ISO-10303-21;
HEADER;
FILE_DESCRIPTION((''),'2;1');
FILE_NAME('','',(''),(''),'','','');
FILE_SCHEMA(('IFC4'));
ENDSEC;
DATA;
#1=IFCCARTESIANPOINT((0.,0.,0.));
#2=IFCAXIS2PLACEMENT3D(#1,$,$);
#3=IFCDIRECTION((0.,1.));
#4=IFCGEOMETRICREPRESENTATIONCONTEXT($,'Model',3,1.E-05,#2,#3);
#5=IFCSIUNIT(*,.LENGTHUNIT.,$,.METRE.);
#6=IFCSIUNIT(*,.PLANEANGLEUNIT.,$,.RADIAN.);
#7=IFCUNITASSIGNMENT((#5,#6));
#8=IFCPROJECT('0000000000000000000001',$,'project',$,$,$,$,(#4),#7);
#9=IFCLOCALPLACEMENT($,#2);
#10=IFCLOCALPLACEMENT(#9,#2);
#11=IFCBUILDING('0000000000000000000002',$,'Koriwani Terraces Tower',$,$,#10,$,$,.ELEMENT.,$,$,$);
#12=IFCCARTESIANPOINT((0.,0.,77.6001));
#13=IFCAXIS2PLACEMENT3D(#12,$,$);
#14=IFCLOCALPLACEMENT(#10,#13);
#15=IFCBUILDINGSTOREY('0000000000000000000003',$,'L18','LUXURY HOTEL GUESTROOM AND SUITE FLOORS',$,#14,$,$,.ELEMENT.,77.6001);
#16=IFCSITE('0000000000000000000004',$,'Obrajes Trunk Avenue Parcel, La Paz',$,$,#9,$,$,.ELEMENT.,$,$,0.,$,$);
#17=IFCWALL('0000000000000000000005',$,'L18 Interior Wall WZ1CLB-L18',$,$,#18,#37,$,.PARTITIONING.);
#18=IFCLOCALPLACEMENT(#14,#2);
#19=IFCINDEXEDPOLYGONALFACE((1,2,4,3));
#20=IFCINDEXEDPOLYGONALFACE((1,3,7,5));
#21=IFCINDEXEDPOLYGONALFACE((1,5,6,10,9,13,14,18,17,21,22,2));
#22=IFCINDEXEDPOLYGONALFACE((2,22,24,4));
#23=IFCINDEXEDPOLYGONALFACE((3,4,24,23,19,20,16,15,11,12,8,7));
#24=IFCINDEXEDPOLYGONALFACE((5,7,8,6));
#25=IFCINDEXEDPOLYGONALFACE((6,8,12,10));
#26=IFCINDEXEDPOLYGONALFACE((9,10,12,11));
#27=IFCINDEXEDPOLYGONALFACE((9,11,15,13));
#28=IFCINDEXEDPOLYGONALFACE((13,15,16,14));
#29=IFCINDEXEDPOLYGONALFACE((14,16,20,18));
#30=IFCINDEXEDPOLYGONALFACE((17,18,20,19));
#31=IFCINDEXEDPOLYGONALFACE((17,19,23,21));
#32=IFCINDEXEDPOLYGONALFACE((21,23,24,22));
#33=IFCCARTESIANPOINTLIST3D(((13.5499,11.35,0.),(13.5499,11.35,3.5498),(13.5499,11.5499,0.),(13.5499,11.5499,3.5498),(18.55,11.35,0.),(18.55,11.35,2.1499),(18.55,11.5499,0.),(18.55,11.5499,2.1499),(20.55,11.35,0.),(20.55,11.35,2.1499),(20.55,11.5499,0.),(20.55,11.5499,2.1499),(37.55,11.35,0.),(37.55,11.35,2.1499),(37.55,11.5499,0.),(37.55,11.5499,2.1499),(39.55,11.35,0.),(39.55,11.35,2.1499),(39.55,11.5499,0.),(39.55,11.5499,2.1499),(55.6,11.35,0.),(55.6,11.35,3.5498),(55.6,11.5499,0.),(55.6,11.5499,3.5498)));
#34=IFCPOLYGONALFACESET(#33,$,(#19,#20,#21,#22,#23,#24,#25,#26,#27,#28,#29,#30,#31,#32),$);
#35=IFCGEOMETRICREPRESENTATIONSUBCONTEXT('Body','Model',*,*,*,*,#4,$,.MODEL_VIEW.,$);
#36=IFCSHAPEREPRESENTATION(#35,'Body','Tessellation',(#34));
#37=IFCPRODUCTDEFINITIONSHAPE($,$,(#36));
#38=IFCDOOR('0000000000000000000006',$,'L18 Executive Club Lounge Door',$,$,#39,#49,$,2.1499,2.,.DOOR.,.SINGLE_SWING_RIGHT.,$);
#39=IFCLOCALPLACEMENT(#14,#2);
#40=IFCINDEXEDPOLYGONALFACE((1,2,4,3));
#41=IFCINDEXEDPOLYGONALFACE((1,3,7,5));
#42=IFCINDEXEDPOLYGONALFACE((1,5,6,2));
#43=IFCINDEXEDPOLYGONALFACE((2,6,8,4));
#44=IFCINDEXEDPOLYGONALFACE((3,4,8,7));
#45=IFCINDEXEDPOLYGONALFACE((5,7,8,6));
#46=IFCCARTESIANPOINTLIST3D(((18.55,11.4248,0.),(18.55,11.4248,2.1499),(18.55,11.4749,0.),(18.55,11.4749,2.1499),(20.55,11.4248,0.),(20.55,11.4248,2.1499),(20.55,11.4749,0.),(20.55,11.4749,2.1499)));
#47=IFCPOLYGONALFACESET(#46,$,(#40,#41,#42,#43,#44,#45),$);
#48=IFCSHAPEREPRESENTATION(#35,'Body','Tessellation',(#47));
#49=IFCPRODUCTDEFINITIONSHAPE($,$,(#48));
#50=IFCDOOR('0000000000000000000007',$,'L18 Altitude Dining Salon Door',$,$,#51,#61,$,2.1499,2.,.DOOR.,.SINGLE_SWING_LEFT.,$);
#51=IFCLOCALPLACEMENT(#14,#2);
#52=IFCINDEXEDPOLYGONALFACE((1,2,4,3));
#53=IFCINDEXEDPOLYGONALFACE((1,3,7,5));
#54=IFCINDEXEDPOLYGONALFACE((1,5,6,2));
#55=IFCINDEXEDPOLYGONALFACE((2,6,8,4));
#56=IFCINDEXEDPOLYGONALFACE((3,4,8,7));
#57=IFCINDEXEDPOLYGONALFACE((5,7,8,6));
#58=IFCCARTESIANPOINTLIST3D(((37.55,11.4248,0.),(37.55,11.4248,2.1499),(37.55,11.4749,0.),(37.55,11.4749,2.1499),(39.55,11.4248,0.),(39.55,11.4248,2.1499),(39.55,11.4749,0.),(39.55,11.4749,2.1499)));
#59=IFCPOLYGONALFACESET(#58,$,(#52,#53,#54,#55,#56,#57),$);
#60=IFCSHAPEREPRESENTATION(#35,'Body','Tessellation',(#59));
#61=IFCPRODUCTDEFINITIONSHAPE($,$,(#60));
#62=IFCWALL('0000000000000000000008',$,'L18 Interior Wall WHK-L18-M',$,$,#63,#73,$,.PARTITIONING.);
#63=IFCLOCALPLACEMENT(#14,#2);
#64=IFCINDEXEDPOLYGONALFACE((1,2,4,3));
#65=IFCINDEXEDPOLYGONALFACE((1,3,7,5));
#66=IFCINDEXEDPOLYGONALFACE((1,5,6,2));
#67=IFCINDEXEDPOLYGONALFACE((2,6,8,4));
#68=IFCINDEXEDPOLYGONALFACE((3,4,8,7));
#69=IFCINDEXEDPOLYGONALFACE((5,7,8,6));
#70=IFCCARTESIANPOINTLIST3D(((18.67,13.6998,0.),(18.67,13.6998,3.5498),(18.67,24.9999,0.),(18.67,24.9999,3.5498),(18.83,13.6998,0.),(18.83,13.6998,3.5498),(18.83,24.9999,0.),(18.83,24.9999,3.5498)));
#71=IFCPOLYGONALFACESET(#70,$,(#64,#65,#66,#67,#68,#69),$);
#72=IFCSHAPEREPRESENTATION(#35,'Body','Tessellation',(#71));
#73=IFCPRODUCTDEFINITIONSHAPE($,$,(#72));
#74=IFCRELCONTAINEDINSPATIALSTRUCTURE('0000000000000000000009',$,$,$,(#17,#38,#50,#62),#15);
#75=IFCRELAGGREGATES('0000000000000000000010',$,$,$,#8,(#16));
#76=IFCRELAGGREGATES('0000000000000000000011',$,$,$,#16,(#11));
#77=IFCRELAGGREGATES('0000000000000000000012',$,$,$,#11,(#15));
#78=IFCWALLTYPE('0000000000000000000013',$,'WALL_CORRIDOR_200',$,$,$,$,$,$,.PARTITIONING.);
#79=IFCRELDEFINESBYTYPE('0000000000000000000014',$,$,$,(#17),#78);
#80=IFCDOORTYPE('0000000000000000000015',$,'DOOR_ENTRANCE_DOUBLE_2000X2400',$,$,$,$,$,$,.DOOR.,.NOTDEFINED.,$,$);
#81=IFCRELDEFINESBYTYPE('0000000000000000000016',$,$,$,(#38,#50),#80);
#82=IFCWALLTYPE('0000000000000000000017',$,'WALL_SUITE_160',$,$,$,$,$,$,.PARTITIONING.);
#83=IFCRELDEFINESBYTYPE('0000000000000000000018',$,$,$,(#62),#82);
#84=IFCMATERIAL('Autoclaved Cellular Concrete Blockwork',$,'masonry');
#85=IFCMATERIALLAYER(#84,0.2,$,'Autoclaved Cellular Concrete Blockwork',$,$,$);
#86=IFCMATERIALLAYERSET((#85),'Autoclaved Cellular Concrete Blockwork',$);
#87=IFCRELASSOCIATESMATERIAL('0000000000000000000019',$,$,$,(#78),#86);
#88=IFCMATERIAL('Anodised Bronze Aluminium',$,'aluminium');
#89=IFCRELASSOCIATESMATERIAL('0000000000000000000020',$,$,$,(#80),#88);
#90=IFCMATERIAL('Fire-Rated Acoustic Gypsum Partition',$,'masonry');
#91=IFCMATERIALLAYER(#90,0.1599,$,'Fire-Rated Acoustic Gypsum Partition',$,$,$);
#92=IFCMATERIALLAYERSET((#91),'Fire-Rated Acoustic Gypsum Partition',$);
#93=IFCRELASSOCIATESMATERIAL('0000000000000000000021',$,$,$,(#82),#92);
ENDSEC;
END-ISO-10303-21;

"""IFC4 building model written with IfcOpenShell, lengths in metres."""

from ifc_helpers import new_model, si_unit, direction, frame, frame_2d, origin, place, context, subcontext, project, spatial, rectangle, extrude, material, layer, layer_set, type_object, element, fill, save


model = new_model("IFC4")

# Units and contexts
model_context = context("Model", 3, precision=1e-05, world=origin(), true_north=direction((0.0, 1.0)))
body_context = subcontext(model_context, "Body", "Model", "MODEL_VIEW")
ifc_project = project(units=[si_unit("LENGTHUNIT", "METRE"), si_unit("PLANEANGLEUNIT", "RADIAN")], contexts=[model_context])

# Site, building, storey
site_placement = place(None, origin())
site = spatial("IfcSite", under=ifc_project, at=site_placement, Name="Obrajes Trunk Avenue Parcel, La Paz", CompositionType="ELEMENT", RefElevation=0.0)
building_placement = place(site_placement, origin())
building = spatial("IfcBuilding", under=site, at=building_placement, Name="Koriwani Terraces Tower", CompositionType="ELEMENT")
storey_placement = place(building_placement, frame((0.0, 0.0, 77.6001)))
storey = spatial("IfcBuildingStorey", under=building, at=storey_placement, Name="L18", Description="LUXURY HOTEL GUESTROOM AND SUITE FLOORS", CompositionType="ELEMENT", Elevation=77.6001)

# Shared definitions
ifc_material_1 = material(Name="Autoclaved Cellular Concrete Blockwork", Category="masonry")
ifc_layer_1 = layer(ifc_material_1, 0.2, Name="Autoclaved Cellular Concrete Blockwork")
ifc_layer_set_1 = layer_set([ifc_layer_1], Name="Autoclaved Cellular Concrete Blockwork")
wall_type_1 = type_object("IfcWallType", Name="WALL_CORRIDOR_200", PredefinedType="PARTITIONING", material=ifc_layer_set_1)

# Wall, openings, doors
wall_1_placement = place(storey_placement, frame((13.55, 11.45, 0.0), z_axis=(0.0, 0.0, 1.0), x_axis=(1.0, 0.0, 0.0)))
wall_1 = element("IfcWall", 1, at=wall_1_placement, inside=storey, type_object=wall_type_1, Name="L18 Interior Wall WZ1CLB-L18", PredefinedType="PARTITIONING", context=body_context, shape_type="SweptSolid", body=[
    extrude(rectangle(XDim=42.05, YDim=0.2, at=frame_2d((21.0249, 0.0))), origin(), (0.0, 0.0, 1.0), 3.5498),
])
opening_1_placement = place(wall_1_placement, frame((5.0, 0.0, 0.0)))
opening_1 = element("IfcOpeningElement", 2, at=opening_1_placement, cuts=wall_1, PredefinedType="OPENING", context=body_context, shape_type="SweptSolid", body=[
    extrude(rectangle(XDim=2.0, YDim=2.1499, at=frame_2d((1.0, 1.075))), frame((0.0, 0.1099, 0.0), z_axis=(0.0, -1.0, 0.0), x_axis=(1.0, 0.0, 0.0)), (0.0, 0.0, 1.0), 0.22),
])
opening_2_placement = place(wall_1_placement, frame((24.0, 0.0, 0.0)))
opening_2 = element("IfcOpeningElement", 3, at=opening_2_placement, cuts=wall_1, PredefinedType="OPENING", context=body_context, shape_type="SweptSolid", body=[
    extrude(rectangle(XDim=2.0, YDim=2.1499, at=frame_2d((1.0, 1.075))), frame((0.0, 0.1099, 0.0), z_axis=(0.0, -1.0, 0.0), x_axis=(1.0, 0.0, 0.0)), (0.0, 0.0, 1.0), 0.22),
])
ifc_material_2 = material(Name="Anodised Bronze Aluminium", Category="aluminium")
door_type_1 = type_object("IfcDoorType", Name="DOOR_ENTRANCE_DOUBLE_2000X2400", OperationType="NOTDEFINED", PredefinedType="DOOR", material=ifc_material_2)
door_1_placement = place(opening_1_placement, origin())
door_1 = element("IfcDoor", 4, at=door_1_placement, inside=storey, type_object=door_type_1, Name="L18 Executive Club Lounge Door", OperationType="SINGLE_SWING_RIGHT", OverallHeight=2.1499, OverallWidth=2.0, PredefinedType="DOOR", context=body_context, shape_type="SweptSolid", body=[
    extrude(rectangle(XDim=2.0, YDim=2.1499, at=frame_2d((1.0, 1.075))), frame((0.0, 0.0249, 0.0), z_axis=(0.0, -1.0, 0.0), x_axis=(1.0, 0.0, 0.0)), (0.0, 0.0, 1.0), 0.05),
])
fill(opening_1, door_1)
door_2_placement = place(opening_2_placement, origin())
door_2 = element("IfcDoor", 5, at=door_2_placement, inside=storey, type_object=door_type_1, Name="L18 Altitude Dining Salon Door", OperationType="SINGLE_SWING_LEFT", OverallHeight=2.1499, OverallWidth=2.0, PredefinedType="DOOR", context=body_context, shape_type="SweptSolid", body=[
    extrude(rectangle(XDim=2.0, YDim=2.1499, at=frame_2d((1.0, 1.075))), frame((0.0, 0.0249, 0.0), z_axis=(0.0, -1.0, 0.0), x_axis=(1.0, 0.0, 0.0)), (0.0, 0.0, 1.0), 0.05),
])
fill(opening_2, door_2)

# Wall
ifc_material_3 = material(Name="Fire-Rated Acoustic Gypsum Partition", Category="masonry")
ifc_layer_2 = layer(ifc_material_3, 0.1599, Name="Fire-Rated Acoustic Gypsum Partition")
ifc_layer_set_2 = layer_set([ifc_layer_2], Name="Fire-Rated Acoustic Gypsum Partition")
wall_type_2 = type_object("IfcWallType", Name="WALL_SUITE_160", PredefinedType="PARTITIONING", material=ifc_layer_set_2)
wall_2_placement = place(storey_placement, frame((18.75, 13.7, 0.0), z_axis=(0.0, 0.0, 1.0), x_axis=(0.0, 1.0, 0.0)))
element("IfcWall", 6, at=wall_2_placement, inside=storey, type_object=wall_type_2, Name="L18 Interior Wall WHK-L18-M", PredefinedType="PARTITIONING", context=body_context, shape_type="SweptSolid", body=[
    extrude(rectangle(XDim=11.3, YDim=0.1599, at=frame_2d((5.6499, 0.0))), origin(), (0.0, 0.0, 1.0), 3.5498),
])

save(model, "model.ifc")
